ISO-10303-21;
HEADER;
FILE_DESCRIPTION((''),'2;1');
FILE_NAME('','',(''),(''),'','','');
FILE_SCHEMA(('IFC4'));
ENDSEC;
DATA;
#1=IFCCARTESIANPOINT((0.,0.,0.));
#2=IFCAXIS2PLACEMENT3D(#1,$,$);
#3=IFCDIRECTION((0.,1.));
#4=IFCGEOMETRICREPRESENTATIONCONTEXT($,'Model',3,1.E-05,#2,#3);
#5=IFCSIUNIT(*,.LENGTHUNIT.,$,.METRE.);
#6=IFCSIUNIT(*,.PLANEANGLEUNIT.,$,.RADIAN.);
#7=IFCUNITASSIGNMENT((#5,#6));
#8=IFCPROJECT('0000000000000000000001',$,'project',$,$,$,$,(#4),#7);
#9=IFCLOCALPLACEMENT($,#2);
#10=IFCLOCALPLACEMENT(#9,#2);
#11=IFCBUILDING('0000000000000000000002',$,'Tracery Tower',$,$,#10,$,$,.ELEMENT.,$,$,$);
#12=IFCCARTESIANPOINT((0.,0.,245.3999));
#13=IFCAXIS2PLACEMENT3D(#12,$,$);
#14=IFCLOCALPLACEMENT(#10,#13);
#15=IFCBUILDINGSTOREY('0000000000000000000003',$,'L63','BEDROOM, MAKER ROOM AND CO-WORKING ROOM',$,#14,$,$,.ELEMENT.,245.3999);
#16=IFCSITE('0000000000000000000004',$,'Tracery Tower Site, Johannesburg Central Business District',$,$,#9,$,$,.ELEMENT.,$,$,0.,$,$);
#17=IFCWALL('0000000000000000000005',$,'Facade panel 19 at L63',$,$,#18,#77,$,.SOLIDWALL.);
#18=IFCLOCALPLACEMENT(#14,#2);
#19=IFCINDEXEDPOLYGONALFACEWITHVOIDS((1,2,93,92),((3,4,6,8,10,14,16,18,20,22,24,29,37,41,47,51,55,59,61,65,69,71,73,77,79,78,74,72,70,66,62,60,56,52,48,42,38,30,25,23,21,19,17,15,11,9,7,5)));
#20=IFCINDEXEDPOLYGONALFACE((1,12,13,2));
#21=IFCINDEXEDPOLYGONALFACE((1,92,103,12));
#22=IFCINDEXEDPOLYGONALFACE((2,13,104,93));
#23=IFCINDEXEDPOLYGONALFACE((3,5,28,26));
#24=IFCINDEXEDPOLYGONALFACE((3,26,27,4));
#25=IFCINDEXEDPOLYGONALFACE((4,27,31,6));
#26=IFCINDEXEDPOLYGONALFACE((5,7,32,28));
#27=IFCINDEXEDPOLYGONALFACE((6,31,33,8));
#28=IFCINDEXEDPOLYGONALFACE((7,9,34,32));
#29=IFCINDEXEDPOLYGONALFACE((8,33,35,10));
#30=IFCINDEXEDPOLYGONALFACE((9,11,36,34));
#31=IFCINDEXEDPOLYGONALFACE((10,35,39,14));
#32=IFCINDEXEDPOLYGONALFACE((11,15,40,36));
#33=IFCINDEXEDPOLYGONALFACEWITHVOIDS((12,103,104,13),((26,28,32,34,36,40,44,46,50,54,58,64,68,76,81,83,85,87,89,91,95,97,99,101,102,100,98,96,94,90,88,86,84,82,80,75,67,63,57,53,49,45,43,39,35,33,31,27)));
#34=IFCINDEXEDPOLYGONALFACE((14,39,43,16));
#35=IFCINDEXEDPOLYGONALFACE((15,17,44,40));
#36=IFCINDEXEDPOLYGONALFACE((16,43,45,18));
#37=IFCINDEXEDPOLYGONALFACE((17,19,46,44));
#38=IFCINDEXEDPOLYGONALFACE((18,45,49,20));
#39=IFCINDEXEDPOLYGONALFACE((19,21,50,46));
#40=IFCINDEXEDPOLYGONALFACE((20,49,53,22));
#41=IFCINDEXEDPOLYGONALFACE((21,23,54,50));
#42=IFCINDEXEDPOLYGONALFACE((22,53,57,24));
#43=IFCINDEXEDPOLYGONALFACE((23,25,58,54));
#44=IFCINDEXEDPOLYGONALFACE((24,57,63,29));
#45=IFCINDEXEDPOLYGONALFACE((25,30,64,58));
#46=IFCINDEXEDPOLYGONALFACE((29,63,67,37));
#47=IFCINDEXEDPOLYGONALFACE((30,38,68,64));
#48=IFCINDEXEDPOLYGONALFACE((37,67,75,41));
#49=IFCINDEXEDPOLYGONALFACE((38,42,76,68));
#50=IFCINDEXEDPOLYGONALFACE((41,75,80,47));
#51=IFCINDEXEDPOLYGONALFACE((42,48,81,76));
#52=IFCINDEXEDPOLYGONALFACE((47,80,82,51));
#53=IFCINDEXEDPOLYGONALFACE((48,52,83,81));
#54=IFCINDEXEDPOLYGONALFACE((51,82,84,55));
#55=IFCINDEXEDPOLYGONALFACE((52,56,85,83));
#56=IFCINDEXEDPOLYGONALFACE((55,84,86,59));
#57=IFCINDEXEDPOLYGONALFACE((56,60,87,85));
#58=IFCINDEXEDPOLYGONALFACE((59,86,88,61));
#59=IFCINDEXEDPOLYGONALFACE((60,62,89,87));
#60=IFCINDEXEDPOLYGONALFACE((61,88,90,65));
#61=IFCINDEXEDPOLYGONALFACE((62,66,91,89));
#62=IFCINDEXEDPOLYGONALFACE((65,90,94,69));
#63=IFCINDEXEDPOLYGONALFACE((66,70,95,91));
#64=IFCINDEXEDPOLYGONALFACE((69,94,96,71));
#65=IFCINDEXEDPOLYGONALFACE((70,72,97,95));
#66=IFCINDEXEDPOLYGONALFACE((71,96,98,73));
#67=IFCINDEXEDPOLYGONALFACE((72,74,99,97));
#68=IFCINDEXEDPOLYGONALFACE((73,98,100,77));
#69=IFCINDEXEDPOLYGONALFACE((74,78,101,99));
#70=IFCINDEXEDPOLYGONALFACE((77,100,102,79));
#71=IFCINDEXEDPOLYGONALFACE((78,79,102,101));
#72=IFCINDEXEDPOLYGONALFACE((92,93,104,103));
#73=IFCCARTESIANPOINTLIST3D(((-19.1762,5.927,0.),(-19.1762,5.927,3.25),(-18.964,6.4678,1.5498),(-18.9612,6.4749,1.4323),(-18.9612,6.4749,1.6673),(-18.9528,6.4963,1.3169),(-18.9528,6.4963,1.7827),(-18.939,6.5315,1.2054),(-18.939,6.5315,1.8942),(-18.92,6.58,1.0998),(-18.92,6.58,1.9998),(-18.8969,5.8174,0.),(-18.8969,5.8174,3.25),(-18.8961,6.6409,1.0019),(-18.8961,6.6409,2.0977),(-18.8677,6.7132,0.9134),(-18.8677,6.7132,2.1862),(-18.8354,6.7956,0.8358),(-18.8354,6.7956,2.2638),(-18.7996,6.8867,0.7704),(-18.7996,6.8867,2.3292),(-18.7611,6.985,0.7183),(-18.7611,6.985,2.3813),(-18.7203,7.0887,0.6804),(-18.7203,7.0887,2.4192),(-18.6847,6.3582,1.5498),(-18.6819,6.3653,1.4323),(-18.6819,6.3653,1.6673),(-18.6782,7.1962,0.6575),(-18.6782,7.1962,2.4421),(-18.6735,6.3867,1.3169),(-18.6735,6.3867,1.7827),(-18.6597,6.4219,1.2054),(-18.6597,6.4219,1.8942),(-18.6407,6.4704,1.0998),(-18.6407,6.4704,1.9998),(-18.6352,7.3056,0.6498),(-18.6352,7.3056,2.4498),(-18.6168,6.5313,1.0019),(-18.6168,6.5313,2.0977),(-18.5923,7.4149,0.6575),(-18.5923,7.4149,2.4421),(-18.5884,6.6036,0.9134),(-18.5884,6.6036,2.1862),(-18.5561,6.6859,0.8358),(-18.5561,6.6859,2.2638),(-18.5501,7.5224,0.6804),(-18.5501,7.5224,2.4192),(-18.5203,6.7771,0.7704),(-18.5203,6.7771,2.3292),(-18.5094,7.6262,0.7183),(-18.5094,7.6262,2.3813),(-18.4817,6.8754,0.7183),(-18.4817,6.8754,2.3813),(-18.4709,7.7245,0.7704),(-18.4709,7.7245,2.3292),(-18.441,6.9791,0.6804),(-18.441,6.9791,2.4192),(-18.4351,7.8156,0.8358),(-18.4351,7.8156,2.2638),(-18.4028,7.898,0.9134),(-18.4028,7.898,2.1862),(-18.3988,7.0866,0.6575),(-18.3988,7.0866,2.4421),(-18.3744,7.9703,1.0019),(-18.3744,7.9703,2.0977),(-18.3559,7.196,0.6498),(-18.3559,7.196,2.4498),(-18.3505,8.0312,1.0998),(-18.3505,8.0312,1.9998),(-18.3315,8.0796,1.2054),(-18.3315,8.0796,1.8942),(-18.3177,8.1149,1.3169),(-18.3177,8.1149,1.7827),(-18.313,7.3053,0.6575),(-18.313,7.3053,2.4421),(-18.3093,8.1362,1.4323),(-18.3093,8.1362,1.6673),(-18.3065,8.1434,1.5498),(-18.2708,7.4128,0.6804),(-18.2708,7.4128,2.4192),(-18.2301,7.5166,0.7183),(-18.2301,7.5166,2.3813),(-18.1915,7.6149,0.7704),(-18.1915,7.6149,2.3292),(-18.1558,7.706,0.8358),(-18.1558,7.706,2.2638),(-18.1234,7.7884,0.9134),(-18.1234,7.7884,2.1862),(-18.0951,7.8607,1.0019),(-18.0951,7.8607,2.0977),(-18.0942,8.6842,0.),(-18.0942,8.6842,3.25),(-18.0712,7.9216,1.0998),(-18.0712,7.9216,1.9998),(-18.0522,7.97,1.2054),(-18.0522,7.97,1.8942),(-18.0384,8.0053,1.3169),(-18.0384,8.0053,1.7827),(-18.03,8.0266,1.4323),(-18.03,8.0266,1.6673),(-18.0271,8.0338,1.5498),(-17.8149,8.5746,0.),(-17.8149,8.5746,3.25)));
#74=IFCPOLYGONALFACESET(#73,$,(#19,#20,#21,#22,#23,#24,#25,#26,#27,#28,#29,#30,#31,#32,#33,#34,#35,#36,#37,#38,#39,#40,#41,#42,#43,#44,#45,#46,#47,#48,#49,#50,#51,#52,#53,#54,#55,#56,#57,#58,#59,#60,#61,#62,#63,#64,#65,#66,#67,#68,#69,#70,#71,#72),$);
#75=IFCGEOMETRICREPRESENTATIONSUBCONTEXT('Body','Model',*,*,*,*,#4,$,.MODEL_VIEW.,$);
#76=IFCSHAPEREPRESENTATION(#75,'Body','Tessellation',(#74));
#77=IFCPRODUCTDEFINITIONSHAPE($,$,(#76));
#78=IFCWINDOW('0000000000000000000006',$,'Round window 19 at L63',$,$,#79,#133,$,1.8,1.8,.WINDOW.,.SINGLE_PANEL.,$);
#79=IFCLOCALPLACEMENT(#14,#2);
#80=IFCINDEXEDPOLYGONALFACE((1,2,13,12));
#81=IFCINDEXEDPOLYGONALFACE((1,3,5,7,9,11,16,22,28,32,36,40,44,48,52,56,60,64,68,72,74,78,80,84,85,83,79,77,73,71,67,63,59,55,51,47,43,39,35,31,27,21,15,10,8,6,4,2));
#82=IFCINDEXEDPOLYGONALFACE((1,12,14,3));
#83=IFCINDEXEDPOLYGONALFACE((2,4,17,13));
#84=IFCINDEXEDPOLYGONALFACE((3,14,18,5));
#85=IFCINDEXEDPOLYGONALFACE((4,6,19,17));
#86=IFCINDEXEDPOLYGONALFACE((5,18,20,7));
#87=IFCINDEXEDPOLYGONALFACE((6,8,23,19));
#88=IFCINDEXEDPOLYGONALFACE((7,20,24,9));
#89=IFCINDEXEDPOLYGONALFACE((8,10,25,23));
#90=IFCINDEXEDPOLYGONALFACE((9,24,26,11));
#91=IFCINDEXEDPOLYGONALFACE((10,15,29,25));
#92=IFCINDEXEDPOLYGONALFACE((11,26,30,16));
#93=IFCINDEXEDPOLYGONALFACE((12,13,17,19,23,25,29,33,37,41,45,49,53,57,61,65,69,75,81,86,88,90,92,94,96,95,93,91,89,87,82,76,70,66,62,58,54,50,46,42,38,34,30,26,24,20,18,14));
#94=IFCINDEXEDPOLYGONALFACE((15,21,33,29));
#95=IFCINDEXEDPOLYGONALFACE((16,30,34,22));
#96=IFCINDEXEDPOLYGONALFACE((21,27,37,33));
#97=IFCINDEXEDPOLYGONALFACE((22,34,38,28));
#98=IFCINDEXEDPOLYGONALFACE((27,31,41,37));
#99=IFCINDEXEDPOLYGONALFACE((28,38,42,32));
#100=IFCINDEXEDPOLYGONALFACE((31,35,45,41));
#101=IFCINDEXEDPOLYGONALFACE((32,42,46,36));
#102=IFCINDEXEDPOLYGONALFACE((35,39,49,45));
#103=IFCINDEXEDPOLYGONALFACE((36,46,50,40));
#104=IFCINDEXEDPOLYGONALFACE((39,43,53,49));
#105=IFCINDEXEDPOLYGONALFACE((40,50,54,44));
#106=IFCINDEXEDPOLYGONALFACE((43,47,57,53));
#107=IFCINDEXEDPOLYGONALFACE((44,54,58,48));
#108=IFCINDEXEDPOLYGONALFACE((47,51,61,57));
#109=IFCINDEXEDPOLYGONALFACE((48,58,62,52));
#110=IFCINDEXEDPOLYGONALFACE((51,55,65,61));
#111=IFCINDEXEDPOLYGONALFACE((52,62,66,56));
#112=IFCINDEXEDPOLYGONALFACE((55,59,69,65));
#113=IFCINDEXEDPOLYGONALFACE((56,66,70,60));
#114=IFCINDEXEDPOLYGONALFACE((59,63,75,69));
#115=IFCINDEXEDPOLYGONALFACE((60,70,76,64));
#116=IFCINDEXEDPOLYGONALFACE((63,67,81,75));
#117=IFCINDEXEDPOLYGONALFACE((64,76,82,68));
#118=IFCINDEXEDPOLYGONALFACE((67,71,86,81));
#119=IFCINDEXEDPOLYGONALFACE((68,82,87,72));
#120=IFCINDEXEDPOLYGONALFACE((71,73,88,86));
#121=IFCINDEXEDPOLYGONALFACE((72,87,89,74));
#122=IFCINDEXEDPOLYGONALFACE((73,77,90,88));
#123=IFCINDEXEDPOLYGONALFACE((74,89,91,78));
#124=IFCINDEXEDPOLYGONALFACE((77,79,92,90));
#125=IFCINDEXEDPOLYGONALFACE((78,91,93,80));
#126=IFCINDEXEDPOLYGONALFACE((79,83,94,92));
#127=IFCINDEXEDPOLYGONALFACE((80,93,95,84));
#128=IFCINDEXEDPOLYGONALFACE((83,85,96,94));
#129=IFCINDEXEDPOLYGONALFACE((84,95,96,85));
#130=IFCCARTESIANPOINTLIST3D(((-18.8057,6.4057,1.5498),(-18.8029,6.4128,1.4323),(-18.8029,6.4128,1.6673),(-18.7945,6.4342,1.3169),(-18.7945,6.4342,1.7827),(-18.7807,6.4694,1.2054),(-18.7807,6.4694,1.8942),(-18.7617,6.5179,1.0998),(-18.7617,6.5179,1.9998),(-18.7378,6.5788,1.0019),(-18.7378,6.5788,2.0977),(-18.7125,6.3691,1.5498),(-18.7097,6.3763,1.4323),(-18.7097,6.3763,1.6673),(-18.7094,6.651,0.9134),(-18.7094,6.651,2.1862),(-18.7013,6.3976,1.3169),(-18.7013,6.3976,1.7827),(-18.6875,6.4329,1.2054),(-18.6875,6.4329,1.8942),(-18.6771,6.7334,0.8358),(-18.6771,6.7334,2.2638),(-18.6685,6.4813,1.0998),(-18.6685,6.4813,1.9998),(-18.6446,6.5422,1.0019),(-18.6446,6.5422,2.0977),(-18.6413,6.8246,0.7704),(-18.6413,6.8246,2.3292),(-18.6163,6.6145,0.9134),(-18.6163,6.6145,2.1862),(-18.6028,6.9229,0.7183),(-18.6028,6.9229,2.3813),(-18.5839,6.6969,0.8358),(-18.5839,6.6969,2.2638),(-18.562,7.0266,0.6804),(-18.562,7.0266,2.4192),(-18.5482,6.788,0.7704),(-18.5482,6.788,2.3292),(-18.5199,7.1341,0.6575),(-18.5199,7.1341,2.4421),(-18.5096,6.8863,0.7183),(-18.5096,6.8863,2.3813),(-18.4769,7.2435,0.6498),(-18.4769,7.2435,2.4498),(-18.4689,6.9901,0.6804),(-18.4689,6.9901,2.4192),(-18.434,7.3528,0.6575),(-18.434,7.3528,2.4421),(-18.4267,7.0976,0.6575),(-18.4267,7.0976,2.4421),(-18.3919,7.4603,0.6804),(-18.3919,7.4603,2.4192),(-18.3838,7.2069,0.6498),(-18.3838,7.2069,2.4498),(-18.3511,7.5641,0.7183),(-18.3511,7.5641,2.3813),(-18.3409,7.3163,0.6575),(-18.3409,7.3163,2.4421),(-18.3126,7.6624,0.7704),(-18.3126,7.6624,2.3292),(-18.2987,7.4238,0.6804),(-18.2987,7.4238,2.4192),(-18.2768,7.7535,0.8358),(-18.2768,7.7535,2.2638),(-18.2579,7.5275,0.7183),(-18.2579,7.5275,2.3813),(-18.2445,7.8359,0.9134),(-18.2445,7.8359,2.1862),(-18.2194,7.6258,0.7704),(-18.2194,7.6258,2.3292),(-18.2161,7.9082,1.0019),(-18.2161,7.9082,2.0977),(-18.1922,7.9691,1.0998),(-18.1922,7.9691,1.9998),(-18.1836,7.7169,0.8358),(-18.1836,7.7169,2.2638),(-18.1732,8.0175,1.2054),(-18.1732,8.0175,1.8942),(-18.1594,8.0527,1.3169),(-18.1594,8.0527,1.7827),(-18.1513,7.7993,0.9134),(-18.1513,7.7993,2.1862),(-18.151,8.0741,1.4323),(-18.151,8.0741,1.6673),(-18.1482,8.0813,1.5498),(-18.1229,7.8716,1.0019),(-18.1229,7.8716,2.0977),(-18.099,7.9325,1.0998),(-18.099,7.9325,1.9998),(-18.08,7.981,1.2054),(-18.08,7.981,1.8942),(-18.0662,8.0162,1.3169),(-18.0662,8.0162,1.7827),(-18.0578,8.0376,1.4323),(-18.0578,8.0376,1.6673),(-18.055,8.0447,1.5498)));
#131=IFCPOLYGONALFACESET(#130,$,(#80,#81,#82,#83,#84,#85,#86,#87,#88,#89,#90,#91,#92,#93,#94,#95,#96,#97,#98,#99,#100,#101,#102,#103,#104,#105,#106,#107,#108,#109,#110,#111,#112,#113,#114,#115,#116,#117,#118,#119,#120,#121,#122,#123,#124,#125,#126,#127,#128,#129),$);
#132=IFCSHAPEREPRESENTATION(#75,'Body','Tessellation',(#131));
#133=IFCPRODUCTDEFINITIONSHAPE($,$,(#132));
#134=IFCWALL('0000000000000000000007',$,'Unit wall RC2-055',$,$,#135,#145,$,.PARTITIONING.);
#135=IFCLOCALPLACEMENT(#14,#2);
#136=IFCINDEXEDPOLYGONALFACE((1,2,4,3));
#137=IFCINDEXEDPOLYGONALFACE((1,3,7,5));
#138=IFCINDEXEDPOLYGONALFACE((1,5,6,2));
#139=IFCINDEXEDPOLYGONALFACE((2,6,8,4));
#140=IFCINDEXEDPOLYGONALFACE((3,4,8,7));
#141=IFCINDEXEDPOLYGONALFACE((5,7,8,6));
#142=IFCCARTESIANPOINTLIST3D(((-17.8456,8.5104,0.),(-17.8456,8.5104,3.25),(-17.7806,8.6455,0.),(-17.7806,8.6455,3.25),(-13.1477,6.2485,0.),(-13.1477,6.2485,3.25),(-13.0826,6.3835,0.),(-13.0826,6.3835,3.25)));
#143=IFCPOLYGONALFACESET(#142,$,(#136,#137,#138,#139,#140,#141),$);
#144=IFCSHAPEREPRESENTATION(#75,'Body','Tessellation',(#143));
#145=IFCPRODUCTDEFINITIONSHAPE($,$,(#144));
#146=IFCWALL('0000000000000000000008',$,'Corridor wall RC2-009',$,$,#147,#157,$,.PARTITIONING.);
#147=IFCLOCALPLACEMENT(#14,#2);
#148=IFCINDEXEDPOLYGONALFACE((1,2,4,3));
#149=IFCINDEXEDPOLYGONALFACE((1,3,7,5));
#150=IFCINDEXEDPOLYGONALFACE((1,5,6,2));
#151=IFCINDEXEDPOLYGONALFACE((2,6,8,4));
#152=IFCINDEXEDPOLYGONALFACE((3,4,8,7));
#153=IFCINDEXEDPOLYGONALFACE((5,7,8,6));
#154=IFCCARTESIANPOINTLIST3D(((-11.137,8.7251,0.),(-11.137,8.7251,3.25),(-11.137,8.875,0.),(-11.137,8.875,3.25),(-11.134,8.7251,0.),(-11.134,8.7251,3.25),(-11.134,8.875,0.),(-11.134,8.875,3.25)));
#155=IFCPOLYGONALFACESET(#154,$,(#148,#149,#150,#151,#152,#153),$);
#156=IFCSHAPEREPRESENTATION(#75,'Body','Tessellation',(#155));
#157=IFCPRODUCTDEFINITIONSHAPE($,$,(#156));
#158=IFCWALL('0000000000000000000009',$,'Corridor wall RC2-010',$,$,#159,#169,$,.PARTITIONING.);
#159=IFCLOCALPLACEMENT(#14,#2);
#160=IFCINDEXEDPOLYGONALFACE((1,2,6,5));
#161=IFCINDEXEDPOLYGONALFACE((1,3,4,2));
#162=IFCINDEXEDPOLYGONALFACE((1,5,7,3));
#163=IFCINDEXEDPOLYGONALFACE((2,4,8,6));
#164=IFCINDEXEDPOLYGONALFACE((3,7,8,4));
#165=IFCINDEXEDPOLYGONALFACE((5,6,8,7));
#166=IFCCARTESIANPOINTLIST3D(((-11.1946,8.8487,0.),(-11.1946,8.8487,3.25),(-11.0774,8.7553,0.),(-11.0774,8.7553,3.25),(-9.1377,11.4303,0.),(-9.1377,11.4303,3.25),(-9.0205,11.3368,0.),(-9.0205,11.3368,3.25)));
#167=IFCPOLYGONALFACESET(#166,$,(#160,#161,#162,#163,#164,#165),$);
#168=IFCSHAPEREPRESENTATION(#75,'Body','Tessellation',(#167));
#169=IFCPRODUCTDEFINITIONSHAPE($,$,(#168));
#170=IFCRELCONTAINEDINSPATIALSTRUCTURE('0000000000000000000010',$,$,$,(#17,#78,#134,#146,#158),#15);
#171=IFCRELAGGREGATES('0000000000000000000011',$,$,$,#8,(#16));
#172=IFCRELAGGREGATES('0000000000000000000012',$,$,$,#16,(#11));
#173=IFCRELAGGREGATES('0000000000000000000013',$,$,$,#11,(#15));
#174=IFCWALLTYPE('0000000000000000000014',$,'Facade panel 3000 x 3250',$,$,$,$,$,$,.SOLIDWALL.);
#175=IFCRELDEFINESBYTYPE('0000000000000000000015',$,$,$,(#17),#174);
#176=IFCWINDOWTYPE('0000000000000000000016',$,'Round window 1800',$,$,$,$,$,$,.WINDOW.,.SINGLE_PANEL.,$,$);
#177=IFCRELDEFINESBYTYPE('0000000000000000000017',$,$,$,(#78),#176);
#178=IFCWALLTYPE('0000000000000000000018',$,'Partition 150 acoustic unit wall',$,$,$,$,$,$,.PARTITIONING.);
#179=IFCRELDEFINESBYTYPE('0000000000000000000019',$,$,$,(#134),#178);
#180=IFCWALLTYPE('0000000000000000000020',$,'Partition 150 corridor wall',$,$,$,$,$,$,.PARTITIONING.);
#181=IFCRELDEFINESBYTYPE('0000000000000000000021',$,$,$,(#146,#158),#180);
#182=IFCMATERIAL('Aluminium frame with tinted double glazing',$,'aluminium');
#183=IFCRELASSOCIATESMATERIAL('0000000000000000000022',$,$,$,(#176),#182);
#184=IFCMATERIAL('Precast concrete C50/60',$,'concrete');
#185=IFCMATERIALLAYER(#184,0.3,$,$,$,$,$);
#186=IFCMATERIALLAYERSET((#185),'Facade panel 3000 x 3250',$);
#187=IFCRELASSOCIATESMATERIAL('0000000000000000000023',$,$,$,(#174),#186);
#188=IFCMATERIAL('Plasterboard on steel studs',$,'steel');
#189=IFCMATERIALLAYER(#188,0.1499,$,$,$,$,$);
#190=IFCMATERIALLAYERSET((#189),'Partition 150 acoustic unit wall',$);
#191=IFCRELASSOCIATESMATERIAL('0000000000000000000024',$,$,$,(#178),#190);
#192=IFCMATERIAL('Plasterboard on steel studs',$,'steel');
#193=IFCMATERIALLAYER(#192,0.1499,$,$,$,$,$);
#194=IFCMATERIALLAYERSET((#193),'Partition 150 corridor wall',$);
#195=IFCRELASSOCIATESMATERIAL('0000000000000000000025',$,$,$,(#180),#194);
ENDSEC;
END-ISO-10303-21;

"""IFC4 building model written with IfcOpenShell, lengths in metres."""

from ifc_helpers import new_model, si_unit, direction, frame, frame_2d, origin, origin_2d, place, context, subcontext, project, spatial, rectangle, circle, extrude, material, layer, layer_set, type_object, element, fill, save


model = new_model("IFC4")

# Units and contexts
model_context = context("Model", 3, precision=1e-05, world=origin(), true_north=direction((0.0, 1.0)))
body_context = subcontext(model_context, "Body", "Model", "MODEL_VIEW")
ifc_project = project(units=[si_unit("LENGTHUNIT", "METRE"), si_unit("PLANEANGLEUNIT", "RADIAN")], contexts=[model_context])

# Site, building, storey
site_placement = place(None, origin())
site = spatial("IfcSite", under=ifc_project, at=site_placement, Name="Tracery Tower Site, Johannesburg Central Business District", CompositionType="ELEMENT", RefElevation=0.0)
building_placement = place(site_placement, origin())
building = spatial("IfcBuilding", under=site, at=building_placement, Name="Tracery Tower", CompositionType="ELEMENT")
storey_placement = place(building_placement, frame((0.0, 0.0, 245.3999)))
storey = spatial("IfcBuildingStorey", under=building, at=storey_placement, Name="L63", Description="BEDROOM, MAKER ROOM AND CO-WORKING ROOM", CompositionType="ELEMENT", Elevation=245.3999)

# Wall, opening, window
ifc_material_1 = material(Name="Aluminium frame with tinted double glazing", Category="aluminium")
window_type = type_object("IfcWindowType", Name="Round window 1800", PartitioningType="SINGLE_PANEL", PredefinedType="WINDOW", material=ifc_material_1)
ifc_material_2 = material(Name="Precast concrete C50/60", Category="concrete")
ifc_layer_1 = layer(ifc_material_2, 0.3)
ifc_layer_set_1 = layer_set([ifc_layer_1], Name="Facade panel 3000 x 3250")
wall_type_1 = type_object("IfcWallType", Name="Facade panel 3000 x 3250", PredefinedType="SOLIDWALL", material=ifc_layer_set_1)
wall_1_placement = place(storey_placement, frame((-17.9546, 8.6294, 0.0), z_axis=(0.0, 0.0, 1.0), x_axis=(-0.3653, -0.93089, 0.0)))
wall_1 = element("IfcWall", 1, at=wall_1_placement, inside=storey, type_object=wall_type_1, Name="Facade panel 19 at L63", PredefinedType="SOLIDWALL", context=body_context, shape_type="SweptSolid", body=[
    extrude(rectangle(XDim=2.9619, YDim=0.3, at=frame_2d((1.481, 0.0))), origin(), (0.0, 0.0, 1.0), 3.25),
])
opening_1_placement = place(wall_1_placement, frame((1.481, 0.0, 1.5498)))
opening_1 = element("IfcOpeningElement", 2, at=opening_1_placement, cuts=wall_1, PredefinedType="OPENING", context=body_context, shape_type="SweptSolid", body=[
    extrude(circle(Radius=0.9, at=origin_2d()), frame((0.0, 0.1599, 0.0), z_axis=(0.0, -1.0, 0.0), x_axis=(1.0, 0.0, 0.0)), (0.0, 0.0, 1.0), 0.3201),
])
window_1_placement = place(opening_1_placement, origin())
window_1 = element("IfcWindow", 3, at=window_1_placement, inside=storey, type_object=window_type, Name="Round window 19 at L63", OverallHeight=1.8, OverallWidth=1.8, PartitioningType="SINGLE_PANEL", PredefinedType="WINDOW", context=body_context, shape_type="SweptSolid", body=[
    extrude(circle(Radius=0.9, at=origin_2d()), frame((0.0, 0.1201, 0.0), z_axis=(0.0, -1.0, 0.0), x_axis=(1.0, 0.0, 0.0)), (0.0, 0.0, 1.0), 0.1001),
])
fill(opening_1, window_1)

# Walls
ifc_material_3 = material(Name="Plasterboard on steel studs", Category="steel")
ifc_layer_2 = layer(ifc_material_3, 0.1499)
ifc_layer_set_2 = layer_set([ifc_layer_2], Name="Partition 150 acoustic unit wall")
wall_type_2 = type_object("IfcWallType", Name="Partition 150 acoustic unit wall", PredefinedType="PARTITIONING", material=ifc_layer_set_2)
wall_2_placement = place(storey_placement, frame((-17.813, 8.5779, 0.0), z_axis=(0.0, 0.0, 1.0), x_axis=(0.901004, -0.43381, 0.0)))
element("IfcWall", 4, at=wall_2_placement, inside=storey, type_object=wall_type_2, Name="Unit wall RC2-055", PredefinedType="PARTITIONING", context=body_context, shape_type="SweptSolid", body=[
    extrude(rectangle(XDim=5.2141, YDim=0.1499, at=frame_2d((2.6069, 0.0))), origin(), (0.0, 0.0, 1.0), 3.25),
])
ifc_material_4 = material(Name="Plasterboard on steel studs", Category="steel")
ifc_layer_3 = layer(ifc_material_4, 0.1499)
ifc_layer_set_3 = layer_set([ifc_layer_3], Name="Partition 150 corridor wall")
wall_type_3 = type_object("IfcWallType", Name="Partition 150 corridor wall", PredefinedType="PARTITIONING", material=ifc_layer_set_3)
wall_3_placement = place(storey_placement, frame((-11.134, 8.8, 0.0), z_axis=(0.0, 0.0, 1.0), x_axis=(-1.0, 0.0, 0.0)))
element("IfcWall", 5, at=wall_3_placement, inside=storey, type_object=wall_type_3, Name="Corridor wall RC2-009", PredefinedType="PARTITIONING", context=body_context, shape_type="SweptSolid", body=[
    extrude(rectangle(XDim=0.0029, YDim=0.1499, at=frame_2d((0.0015, 0.0))), origin(), (0.0, 0.0, 1.0), 3.25),
])
wall_4_placement = place(storey_placement, frame((-11.136, 8.802, 0.0), z_axis=(0.0, 0.0, 1.0), x_axis=(0.623151, 0.782101, 0.0)))
element("IfcWall", 6, at=wall_4_placement, inside=storey, type_object=wall_type_3, Name="Corridor wall RC2-010", PredefinedType="PARTITIONING", context=body_context, shape_type="SweptSolid", body=[
    extrude(rectangle(XDim=3.3008, YDim=0.1499, at=frame_2d((1.6504, 0.0))), origin(), (0.0, 0.0, 1.0), 3.25),
])

save(model, "model.ifc")
